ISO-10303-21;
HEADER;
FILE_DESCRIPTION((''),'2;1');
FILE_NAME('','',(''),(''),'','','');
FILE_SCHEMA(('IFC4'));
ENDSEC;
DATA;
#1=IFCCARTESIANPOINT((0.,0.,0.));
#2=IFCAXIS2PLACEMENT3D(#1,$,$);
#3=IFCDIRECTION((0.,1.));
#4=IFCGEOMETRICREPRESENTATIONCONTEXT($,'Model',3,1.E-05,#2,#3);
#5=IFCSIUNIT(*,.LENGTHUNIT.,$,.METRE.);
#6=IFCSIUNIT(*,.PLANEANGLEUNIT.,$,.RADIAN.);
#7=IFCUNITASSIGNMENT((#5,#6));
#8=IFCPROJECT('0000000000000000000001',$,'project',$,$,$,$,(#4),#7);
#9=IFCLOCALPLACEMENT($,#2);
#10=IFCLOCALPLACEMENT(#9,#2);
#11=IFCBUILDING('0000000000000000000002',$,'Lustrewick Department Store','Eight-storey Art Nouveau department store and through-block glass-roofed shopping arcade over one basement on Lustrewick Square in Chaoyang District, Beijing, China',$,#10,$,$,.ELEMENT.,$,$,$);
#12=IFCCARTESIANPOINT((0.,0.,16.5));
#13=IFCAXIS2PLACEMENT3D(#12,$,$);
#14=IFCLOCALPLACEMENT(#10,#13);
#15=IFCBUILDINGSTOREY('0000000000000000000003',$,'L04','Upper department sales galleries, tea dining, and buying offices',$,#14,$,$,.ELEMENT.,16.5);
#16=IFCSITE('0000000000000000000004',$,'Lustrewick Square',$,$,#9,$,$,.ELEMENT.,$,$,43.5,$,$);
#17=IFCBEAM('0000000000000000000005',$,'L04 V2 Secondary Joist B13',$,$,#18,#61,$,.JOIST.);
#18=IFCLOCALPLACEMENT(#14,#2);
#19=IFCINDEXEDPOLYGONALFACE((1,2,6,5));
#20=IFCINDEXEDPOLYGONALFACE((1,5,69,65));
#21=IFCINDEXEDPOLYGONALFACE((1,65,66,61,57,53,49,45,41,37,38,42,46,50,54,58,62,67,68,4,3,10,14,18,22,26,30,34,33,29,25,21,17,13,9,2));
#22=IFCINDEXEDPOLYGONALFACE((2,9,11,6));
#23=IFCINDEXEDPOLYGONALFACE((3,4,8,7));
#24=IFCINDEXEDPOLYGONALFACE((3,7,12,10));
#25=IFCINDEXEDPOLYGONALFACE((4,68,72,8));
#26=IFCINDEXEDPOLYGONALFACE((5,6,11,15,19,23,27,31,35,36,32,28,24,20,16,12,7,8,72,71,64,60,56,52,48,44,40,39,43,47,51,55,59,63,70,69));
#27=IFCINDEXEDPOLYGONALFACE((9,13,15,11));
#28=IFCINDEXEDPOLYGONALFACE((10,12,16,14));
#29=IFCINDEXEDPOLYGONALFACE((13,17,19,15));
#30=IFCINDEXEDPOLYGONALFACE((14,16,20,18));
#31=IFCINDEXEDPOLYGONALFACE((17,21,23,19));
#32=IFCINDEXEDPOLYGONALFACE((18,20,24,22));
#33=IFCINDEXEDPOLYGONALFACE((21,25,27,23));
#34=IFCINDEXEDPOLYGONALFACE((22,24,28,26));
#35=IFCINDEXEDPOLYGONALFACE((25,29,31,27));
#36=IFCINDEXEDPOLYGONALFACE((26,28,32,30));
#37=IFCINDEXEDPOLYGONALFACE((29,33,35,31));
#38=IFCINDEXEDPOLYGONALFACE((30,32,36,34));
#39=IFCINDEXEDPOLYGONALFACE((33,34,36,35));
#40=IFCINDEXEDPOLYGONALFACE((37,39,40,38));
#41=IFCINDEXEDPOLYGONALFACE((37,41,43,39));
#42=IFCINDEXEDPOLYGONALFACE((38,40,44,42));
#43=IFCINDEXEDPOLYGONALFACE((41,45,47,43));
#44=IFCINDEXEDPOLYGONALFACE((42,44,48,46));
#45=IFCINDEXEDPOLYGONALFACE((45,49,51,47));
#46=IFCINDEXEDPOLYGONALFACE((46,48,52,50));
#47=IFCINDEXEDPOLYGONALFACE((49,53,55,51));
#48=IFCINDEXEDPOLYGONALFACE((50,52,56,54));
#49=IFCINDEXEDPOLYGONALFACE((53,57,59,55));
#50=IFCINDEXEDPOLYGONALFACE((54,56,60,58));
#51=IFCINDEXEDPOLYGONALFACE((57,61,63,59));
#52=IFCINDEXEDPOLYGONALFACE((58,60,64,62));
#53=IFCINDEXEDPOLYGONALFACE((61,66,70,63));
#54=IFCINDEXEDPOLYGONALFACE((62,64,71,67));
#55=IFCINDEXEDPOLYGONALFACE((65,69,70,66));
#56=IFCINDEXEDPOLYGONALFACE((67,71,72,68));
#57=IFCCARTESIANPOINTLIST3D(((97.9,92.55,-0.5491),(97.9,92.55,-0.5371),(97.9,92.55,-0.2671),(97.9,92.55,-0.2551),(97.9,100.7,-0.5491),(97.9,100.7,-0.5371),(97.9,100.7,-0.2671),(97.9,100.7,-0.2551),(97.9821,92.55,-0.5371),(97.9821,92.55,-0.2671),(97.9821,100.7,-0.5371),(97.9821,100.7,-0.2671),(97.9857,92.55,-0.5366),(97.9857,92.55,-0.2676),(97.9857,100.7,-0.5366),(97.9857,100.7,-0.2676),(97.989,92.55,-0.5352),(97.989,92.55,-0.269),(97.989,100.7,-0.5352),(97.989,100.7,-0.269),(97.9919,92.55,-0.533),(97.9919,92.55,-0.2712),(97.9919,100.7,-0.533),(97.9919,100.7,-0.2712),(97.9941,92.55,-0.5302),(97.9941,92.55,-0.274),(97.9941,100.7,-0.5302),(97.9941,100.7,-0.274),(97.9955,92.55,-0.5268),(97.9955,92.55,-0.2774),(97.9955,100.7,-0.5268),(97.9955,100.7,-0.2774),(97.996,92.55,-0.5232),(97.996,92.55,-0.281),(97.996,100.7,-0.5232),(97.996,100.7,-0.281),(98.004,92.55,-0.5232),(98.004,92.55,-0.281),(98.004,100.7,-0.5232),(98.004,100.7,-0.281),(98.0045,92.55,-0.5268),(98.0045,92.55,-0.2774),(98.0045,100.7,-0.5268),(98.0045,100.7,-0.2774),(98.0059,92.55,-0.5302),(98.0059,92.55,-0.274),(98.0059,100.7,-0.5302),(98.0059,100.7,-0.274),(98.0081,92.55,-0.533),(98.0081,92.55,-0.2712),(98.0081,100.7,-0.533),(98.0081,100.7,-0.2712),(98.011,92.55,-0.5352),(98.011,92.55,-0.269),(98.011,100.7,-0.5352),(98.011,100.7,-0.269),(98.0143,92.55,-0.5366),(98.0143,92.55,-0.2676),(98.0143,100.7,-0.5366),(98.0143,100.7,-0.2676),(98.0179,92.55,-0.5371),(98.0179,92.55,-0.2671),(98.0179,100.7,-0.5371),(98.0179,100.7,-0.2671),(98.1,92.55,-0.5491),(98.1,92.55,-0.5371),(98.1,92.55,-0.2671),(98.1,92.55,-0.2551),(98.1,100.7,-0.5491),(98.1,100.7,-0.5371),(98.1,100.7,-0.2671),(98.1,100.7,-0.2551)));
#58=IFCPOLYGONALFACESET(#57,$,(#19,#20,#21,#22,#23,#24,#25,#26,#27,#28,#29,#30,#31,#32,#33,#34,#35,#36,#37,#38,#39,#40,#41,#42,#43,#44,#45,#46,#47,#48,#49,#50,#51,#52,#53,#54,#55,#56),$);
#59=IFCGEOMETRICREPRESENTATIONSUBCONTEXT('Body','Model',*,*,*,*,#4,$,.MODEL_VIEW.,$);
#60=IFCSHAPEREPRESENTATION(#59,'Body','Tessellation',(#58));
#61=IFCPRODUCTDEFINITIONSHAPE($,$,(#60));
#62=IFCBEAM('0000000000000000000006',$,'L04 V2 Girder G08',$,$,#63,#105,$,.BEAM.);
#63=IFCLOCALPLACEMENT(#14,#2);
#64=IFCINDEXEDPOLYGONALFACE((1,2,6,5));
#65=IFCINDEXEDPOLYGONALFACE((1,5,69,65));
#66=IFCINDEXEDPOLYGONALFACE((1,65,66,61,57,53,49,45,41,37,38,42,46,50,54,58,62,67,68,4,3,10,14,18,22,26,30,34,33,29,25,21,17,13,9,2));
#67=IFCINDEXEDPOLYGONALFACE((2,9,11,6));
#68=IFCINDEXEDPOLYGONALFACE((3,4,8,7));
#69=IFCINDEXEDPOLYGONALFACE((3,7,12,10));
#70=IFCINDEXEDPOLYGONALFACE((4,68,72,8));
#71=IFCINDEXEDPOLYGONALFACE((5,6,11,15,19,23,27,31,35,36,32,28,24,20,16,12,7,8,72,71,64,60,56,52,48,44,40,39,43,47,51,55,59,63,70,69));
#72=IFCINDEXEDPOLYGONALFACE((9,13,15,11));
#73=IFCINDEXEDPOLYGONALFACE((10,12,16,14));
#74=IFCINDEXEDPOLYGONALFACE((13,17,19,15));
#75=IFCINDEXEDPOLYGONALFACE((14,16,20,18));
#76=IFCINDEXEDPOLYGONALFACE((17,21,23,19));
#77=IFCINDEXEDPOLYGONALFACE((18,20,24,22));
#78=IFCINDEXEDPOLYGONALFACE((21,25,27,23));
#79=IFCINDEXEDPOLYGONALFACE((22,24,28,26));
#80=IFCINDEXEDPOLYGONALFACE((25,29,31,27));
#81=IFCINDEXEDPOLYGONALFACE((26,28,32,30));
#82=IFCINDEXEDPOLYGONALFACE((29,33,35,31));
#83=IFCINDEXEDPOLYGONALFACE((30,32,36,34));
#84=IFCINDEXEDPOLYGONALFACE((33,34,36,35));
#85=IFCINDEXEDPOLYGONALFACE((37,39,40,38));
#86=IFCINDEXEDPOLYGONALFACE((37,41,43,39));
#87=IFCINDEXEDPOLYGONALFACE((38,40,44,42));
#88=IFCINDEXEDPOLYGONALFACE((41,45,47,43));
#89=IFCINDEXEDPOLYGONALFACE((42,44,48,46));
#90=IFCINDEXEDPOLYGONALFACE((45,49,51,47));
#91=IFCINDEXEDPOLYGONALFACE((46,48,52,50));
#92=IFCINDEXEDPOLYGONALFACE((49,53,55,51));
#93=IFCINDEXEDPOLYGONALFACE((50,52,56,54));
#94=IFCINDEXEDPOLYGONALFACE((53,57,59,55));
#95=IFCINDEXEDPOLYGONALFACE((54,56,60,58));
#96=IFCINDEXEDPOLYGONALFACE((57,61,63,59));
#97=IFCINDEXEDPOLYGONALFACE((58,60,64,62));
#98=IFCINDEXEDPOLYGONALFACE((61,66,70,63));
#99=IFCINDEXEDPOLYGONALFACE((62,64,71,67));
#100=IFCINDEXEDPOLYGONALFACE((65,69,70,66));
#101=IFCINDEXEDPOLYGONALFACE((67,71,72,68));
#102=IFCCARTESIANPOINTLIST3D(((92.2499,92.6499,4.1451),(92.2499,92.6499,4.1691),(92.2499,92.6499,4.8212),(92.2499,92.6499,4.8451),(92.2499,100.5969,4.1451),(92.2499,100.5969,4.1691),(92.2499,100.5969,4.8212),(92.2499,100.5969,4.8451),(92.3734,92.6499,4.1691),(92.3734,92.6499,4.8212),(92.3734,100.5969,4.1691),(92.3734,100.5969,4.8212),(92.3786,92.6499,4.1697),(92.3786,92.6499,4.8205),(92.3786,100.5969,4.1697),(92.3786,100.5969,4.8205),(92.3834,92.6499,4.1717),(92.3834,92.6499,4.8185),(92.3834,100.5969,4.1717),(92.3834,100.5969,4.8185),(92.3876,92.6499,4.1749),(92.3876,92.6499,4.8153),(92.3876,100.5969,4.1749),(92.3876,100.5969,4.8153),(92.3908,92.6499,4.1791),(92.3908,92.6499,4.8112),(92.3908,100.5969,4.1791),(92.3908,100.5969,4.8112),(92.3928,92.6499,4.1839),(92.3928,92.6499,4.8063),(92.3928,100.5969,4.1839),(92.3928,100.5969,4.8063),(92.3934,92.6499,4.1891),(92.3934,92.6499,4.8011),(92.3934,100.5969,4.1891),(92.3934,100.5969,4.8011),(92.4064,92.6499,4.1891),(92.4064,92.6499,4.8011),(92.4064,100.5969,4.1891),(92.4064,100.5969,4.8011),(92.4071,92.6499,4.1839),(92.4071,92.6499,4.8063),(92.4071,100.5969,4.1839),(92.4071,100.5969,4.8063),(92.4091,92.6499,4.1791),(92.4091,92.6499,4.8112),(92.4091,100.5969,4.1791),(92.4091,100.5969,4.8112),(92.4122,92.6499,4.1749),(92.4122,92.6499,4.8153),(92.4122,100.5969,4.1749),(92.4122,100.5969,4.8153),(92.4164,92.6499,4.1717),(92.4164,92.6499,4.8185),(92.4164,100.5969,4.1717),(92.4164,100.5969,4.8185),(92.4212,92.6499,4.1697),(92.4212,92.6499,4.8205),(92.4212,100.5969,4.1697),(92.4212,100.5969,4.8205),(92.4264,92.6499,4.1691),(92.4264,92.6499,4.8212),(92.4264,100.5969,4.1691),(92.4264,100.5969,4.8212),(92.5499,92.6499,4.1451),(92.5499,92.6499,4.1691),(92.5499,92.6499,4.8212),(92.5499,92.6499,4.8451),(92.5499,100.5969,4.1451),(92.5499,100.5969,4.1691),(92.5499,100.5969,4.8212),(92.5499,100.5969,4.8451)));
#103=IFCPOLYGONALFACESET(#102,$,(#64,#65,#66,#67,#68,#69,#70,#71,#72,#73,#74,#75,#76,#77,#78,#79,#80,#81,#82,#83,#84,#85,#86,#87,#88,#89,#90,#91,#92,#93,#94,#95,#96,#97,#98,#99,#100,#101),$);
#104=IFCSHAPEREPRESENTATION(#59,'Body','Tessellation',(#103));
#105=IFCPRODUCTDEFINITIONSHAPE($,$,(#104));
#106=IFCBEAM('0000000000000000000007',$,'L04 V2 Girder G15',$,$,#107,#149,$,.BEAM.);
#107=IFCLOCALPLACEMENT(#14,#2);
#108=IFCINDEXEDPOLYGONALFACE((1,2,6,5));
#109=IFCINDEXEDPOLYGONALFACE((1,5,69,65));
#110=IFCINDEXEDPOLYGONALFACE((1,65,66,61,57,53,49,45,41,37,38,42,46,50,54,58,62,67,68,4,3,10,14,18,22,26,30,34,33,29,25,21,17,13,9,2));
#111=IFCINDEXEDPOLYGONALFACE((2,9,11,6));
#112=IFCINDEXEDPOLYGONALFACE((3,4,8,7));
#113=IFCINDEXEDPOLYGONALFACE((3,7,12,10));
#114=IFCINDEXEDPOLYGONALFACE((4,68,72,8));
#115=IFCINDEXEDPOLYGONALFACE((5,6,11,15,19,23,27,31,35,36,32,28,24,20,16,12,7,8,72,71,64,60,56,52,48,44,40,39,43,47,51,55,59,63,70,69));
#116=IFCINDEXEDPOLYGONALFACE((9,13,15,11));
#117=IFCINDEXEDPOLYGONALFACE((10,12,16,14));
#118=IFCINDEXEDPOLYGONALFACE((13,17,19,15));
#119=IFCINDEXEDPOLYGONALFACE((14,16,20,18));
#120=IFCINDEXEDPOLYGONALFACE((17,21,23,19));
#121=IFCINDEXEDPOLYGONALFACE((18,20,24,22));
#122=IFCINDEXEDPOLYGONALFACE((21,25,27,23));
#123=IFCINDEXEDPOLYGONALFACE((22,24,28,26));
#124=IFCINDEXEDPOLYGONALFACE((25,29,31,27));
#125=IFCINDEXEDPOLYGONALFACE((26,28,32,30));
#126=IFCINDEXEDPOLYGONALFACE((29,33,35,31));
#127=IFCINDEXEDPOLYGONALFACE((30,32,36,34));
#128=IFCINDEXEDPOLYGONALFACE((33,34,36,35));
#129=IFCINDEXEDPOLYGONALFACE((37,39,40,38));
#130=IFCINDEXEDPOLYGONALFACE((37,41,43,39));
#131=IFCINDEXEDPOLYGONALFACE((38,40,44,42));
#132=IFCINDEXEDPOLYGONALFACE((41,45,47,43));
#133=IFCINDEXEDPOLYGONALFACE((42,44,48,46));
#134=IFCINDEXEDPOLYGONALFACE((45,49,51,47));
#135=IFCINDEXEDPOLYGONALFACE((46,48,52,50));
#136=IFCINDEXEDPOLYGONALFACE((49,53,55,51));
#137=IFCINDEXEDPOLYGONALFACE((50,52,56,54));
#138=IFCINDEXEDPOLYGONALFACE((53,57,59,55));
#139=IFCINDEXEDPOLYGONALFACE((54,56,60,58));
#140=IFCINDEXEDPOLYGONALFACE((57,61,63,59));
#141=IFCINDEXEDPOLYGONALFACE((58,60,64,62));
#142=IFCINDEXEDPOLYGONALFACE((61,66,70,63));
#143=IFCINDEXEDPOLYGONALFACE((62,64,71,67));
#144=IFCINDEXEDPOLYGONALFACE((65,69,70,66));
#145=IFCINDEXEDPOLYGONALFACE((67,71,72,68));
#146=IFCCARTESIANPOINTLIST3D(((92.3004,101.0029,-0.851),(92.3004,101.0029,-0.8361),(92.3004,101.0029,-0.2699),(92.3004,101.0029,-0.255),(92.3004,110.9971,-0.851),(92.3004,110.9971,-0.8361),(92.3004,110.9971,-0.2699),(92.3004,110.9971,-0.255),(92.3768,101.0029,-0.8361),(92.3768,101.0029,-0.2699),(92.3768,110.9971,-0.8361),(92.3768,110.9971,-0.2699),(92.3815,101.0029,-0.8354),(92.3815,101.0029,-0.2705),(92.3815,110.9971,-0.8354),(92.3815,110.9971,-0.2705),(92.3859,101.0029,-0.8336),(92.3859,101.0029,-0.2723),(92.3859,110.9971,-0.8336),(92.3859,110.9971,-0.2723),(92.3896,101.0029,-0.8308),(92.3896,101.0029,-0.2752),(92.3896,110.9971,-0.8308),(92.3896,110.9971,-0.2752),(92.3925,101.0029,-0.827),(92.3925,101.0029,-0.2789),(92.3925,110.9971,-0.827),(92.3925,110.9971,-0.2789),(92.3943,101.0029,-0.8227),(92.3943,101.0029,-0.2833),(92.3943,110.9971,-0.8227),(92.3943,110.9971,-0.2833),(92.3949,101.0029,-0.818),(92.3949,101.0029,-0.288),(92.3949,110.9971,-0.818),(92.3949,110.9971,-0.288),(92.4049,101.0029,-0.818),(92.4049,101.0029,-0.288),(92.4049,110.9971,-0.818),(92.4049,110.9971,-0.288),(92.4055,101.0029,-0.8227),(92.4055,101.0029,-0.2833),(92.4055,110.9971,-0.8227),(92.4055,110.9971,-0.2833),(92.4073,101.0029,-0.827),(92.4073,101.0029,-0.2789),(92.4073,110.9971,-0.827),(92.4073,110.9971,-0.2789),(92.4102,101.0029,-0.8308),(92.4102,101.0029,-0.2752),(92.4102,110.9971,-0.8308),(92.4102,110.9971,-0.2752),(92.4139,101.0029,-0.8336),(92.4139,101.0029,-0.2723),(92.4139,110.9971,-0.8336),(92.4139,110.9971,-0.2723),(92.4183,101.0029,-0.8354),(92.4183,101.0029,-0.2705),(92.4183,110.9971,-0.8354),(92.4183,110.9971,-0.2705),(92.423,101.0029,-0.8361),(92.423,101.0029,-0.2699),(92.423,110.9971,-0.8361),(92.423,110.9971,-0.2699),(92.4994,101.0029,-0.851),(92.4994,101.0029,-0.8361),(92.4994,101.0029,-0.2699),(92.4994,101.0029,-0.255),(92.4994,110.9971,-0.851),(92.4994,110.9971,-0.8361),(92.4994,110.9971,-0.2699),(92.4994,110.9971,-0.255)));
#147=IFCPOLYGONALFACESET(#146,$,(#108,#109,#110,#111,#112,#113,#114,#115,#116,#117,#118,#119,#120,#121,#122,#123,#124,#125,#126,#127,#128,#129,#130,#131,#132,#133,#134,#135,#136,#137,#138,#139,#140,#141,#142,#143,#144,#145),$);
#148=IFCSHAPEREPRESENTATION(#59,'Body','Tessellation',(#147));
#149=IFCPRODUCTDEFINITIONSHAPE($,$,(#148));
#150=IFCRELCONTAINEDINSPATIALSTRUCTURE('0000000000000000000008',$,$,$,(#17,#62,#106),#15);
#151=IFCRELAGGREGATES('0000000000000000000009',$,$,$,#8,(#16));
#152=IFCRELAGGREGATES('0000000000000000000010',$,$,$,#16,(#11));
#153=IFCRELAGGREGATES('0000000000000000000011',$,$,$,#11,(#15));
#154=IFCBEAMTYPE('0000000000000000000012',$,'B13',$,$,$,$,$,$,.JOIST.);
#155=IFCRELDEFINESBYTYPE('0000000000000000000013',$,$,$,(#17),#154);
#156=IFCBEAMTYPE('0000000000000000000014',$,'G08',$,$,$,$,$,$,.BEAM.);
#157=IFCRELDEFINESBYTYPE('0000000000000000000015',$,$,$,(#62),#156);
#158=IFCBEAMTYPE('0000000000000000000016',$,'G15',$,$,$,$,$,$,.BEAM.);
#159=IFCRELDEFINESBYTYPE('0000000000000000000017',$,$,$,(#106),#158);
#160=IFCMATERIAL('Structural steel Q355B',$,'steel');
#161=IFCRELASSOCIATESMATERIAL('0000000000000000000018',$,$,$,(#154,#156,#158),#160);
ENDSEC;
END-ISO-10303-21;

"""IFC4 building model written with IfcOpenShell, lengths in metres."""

from ifc_helpers import new_model, si_unit, direction, frame, origin, origin_2d, place, context, subcontext, project, spatial, i_section, extrude, material, material_profile, profile_set, type_object, element, save


model = new_model("IFC4")

# Units and contexts
model_context = context("Model", 3, precision=1e-05, world=origin(), true_north=direction((0.0, 1.0)))
body_context = subcontext(model_context, "Body", "Model", "MODEL_VIEW")
ifc_project = project(units=[si_unit("LENGTHUNIT", "METRE"), si_unit("PLANEANGLEUNIT", "RADIAN")], contexts=[model_context])

# Site, building, storey
site_placement = place(None, origin())
site = spatial("IfcSite", under=ifc_project, at=site_placement, Name="Lustrewick Square", CompositionType="ELEMENT", RefElevation=43.5)
building_placement = place(site_placement, origin())
building = spatial("IfcBuilding", under=site, at=building_placement, Name="Lustrewick Department Store", Description="Eight-storey Art Nouveau department store and through-block glass-roofed shopping arcade over one basement on Lustrewick Square in Chaoyang District, Beijing, China", CompositionType="ELEMENT")
storey_placement = place(building_placement, frame((0.0, 0.0, 16.5)))
storey = spatial("IfcBuildingStorey", under=building, at=storey_placement, Name="L04", Description="Upper department sales galleries, tea dining, and buying offices", CompositionType="ELEMENT", Elevation=16.5)

# Shared definitions
ifc_material_1 = material(Name="Structural steel Q355B", Category="steel")

# Beams
ifc_material_profile_1 = material_profile(ifc_material_1, i_section(OverallWidth=0.2, OverallDepth=0.2939, WebThickness=0.0081, FlangeThickness=0.012, FilletRadius=0.0139, at=origin_2d()), Name="HM 294x200x8x12")
ifc_profile_set_1 = profile_set([ifc_material_profile_1], Name="Structural steel Q355B")
beam_type_1 = type_object("IfcBeamType", Name="B13", PredefinedType="JOIST", material=ifc_profile_set_1)
beam_1_placement = place(storey_placement, frame((98.0, 92.55, -0.4021), z_axis=(0.0, 1.0, 0.0), x_axis=(-1.0, 0.0, 0.0)))
element("IfcBeam", 1, at=beam_1_placement, inside=storey, type_object=beam_type_1, Name="L04 V2 Secondary Joist B13", PredefinedType="JOIST", context=body_context, shape_type="SweptSolid", body=[
    extrude(i_section(OverallWidth=0.2, OverallDepth=0.2939, WebThickness=0.0081, FlangeThickness=0.012, FilletRadius=0.0139, at=origin_2d()), origin(), (0.0, 0.0, 1.0), 8.1499),
])
ifc_material_profile_2 = material_profile(ifc_material_1, i_section(OverallWidth=0.3, OverallDepth=0.7, WebThickness=0.0129, FlangeThickness=0.0239, FilletRadius=0.02, at=origin_2d()), Name="HN 700x300x13x24")
ifc_profile_set_2 = profile_set([ifc_material_profile_2], Name="Structural steel Q355B")
beam_type_2 = type_object("IfcBeamType", Name="G08", PredefinedType="BEAM", material=ifc_profile_set_2)
beam_2_placement = place(storey_placement, frame((92.3999, 92.6499, 4.4951), z_axis=(0.0, 1.0, 0.0), x_axis=(-1.0, 0.0, 0.0)))
element("IfcBeam", 2, at=beam_2_placement, inside=storey, type_object=beam_type_2, Name="L04 V2 Girder G08", PredefinedType="BEAM", context=body_context, shape_type="SweptSolid", body=[
    extrude(i_section(OverallWidth=0.3, OverallDepth=0.7, WebThickness=0.0129, FlangeThickness=0.0239, FilletRadius=0.02, at=origin_2d()), origin(), (0.0, 0.0, 1.0), 7.947),
])
ifc_material_profile_3 = material_profile(ifc_material_1, i_section(OverallWidth=0.199, OverallDepth=0.5959, WebThickness=0.01, FlangeThickness=0.0149, FilletRadius=0.0181, at=origin_2d()), Name="HN 596x199x10x15")
ifc_profile_set_3 = profile_set([ifc_material_profile_3], Name="Structural steel Q355B")
beam_type_3 = type_object("IfcBeamType", Name="G15", PredefinedType="BEAM", material=ifc_profile_set_3)
beam_3_placement = place(storey_placement, frame((92.3999, 101.0029, -0.553), z_axis=(0.0, 1.0, 0.0), x_axis=(-1.0, 0.0, 0.0)))
element("IfcBeam", 3, at=beam_3_placement, inside=storey, type_object=beam_type_3, Name="L04 V2 Girder G15", PredefinedType="BEAM", context=body_context, shape_type="SweptSolid", body=[
    extrude(i_section(OverallWidth=0.199, OverallDepth=0.5959, WebThickness=0.01, FlangeThickness=0.0149, FilletRadius=0.0181, at=origin_2d()), origin(), (0.0, 0.0, 1.0), 9.9941),
])

save(model, "model.ifc")
